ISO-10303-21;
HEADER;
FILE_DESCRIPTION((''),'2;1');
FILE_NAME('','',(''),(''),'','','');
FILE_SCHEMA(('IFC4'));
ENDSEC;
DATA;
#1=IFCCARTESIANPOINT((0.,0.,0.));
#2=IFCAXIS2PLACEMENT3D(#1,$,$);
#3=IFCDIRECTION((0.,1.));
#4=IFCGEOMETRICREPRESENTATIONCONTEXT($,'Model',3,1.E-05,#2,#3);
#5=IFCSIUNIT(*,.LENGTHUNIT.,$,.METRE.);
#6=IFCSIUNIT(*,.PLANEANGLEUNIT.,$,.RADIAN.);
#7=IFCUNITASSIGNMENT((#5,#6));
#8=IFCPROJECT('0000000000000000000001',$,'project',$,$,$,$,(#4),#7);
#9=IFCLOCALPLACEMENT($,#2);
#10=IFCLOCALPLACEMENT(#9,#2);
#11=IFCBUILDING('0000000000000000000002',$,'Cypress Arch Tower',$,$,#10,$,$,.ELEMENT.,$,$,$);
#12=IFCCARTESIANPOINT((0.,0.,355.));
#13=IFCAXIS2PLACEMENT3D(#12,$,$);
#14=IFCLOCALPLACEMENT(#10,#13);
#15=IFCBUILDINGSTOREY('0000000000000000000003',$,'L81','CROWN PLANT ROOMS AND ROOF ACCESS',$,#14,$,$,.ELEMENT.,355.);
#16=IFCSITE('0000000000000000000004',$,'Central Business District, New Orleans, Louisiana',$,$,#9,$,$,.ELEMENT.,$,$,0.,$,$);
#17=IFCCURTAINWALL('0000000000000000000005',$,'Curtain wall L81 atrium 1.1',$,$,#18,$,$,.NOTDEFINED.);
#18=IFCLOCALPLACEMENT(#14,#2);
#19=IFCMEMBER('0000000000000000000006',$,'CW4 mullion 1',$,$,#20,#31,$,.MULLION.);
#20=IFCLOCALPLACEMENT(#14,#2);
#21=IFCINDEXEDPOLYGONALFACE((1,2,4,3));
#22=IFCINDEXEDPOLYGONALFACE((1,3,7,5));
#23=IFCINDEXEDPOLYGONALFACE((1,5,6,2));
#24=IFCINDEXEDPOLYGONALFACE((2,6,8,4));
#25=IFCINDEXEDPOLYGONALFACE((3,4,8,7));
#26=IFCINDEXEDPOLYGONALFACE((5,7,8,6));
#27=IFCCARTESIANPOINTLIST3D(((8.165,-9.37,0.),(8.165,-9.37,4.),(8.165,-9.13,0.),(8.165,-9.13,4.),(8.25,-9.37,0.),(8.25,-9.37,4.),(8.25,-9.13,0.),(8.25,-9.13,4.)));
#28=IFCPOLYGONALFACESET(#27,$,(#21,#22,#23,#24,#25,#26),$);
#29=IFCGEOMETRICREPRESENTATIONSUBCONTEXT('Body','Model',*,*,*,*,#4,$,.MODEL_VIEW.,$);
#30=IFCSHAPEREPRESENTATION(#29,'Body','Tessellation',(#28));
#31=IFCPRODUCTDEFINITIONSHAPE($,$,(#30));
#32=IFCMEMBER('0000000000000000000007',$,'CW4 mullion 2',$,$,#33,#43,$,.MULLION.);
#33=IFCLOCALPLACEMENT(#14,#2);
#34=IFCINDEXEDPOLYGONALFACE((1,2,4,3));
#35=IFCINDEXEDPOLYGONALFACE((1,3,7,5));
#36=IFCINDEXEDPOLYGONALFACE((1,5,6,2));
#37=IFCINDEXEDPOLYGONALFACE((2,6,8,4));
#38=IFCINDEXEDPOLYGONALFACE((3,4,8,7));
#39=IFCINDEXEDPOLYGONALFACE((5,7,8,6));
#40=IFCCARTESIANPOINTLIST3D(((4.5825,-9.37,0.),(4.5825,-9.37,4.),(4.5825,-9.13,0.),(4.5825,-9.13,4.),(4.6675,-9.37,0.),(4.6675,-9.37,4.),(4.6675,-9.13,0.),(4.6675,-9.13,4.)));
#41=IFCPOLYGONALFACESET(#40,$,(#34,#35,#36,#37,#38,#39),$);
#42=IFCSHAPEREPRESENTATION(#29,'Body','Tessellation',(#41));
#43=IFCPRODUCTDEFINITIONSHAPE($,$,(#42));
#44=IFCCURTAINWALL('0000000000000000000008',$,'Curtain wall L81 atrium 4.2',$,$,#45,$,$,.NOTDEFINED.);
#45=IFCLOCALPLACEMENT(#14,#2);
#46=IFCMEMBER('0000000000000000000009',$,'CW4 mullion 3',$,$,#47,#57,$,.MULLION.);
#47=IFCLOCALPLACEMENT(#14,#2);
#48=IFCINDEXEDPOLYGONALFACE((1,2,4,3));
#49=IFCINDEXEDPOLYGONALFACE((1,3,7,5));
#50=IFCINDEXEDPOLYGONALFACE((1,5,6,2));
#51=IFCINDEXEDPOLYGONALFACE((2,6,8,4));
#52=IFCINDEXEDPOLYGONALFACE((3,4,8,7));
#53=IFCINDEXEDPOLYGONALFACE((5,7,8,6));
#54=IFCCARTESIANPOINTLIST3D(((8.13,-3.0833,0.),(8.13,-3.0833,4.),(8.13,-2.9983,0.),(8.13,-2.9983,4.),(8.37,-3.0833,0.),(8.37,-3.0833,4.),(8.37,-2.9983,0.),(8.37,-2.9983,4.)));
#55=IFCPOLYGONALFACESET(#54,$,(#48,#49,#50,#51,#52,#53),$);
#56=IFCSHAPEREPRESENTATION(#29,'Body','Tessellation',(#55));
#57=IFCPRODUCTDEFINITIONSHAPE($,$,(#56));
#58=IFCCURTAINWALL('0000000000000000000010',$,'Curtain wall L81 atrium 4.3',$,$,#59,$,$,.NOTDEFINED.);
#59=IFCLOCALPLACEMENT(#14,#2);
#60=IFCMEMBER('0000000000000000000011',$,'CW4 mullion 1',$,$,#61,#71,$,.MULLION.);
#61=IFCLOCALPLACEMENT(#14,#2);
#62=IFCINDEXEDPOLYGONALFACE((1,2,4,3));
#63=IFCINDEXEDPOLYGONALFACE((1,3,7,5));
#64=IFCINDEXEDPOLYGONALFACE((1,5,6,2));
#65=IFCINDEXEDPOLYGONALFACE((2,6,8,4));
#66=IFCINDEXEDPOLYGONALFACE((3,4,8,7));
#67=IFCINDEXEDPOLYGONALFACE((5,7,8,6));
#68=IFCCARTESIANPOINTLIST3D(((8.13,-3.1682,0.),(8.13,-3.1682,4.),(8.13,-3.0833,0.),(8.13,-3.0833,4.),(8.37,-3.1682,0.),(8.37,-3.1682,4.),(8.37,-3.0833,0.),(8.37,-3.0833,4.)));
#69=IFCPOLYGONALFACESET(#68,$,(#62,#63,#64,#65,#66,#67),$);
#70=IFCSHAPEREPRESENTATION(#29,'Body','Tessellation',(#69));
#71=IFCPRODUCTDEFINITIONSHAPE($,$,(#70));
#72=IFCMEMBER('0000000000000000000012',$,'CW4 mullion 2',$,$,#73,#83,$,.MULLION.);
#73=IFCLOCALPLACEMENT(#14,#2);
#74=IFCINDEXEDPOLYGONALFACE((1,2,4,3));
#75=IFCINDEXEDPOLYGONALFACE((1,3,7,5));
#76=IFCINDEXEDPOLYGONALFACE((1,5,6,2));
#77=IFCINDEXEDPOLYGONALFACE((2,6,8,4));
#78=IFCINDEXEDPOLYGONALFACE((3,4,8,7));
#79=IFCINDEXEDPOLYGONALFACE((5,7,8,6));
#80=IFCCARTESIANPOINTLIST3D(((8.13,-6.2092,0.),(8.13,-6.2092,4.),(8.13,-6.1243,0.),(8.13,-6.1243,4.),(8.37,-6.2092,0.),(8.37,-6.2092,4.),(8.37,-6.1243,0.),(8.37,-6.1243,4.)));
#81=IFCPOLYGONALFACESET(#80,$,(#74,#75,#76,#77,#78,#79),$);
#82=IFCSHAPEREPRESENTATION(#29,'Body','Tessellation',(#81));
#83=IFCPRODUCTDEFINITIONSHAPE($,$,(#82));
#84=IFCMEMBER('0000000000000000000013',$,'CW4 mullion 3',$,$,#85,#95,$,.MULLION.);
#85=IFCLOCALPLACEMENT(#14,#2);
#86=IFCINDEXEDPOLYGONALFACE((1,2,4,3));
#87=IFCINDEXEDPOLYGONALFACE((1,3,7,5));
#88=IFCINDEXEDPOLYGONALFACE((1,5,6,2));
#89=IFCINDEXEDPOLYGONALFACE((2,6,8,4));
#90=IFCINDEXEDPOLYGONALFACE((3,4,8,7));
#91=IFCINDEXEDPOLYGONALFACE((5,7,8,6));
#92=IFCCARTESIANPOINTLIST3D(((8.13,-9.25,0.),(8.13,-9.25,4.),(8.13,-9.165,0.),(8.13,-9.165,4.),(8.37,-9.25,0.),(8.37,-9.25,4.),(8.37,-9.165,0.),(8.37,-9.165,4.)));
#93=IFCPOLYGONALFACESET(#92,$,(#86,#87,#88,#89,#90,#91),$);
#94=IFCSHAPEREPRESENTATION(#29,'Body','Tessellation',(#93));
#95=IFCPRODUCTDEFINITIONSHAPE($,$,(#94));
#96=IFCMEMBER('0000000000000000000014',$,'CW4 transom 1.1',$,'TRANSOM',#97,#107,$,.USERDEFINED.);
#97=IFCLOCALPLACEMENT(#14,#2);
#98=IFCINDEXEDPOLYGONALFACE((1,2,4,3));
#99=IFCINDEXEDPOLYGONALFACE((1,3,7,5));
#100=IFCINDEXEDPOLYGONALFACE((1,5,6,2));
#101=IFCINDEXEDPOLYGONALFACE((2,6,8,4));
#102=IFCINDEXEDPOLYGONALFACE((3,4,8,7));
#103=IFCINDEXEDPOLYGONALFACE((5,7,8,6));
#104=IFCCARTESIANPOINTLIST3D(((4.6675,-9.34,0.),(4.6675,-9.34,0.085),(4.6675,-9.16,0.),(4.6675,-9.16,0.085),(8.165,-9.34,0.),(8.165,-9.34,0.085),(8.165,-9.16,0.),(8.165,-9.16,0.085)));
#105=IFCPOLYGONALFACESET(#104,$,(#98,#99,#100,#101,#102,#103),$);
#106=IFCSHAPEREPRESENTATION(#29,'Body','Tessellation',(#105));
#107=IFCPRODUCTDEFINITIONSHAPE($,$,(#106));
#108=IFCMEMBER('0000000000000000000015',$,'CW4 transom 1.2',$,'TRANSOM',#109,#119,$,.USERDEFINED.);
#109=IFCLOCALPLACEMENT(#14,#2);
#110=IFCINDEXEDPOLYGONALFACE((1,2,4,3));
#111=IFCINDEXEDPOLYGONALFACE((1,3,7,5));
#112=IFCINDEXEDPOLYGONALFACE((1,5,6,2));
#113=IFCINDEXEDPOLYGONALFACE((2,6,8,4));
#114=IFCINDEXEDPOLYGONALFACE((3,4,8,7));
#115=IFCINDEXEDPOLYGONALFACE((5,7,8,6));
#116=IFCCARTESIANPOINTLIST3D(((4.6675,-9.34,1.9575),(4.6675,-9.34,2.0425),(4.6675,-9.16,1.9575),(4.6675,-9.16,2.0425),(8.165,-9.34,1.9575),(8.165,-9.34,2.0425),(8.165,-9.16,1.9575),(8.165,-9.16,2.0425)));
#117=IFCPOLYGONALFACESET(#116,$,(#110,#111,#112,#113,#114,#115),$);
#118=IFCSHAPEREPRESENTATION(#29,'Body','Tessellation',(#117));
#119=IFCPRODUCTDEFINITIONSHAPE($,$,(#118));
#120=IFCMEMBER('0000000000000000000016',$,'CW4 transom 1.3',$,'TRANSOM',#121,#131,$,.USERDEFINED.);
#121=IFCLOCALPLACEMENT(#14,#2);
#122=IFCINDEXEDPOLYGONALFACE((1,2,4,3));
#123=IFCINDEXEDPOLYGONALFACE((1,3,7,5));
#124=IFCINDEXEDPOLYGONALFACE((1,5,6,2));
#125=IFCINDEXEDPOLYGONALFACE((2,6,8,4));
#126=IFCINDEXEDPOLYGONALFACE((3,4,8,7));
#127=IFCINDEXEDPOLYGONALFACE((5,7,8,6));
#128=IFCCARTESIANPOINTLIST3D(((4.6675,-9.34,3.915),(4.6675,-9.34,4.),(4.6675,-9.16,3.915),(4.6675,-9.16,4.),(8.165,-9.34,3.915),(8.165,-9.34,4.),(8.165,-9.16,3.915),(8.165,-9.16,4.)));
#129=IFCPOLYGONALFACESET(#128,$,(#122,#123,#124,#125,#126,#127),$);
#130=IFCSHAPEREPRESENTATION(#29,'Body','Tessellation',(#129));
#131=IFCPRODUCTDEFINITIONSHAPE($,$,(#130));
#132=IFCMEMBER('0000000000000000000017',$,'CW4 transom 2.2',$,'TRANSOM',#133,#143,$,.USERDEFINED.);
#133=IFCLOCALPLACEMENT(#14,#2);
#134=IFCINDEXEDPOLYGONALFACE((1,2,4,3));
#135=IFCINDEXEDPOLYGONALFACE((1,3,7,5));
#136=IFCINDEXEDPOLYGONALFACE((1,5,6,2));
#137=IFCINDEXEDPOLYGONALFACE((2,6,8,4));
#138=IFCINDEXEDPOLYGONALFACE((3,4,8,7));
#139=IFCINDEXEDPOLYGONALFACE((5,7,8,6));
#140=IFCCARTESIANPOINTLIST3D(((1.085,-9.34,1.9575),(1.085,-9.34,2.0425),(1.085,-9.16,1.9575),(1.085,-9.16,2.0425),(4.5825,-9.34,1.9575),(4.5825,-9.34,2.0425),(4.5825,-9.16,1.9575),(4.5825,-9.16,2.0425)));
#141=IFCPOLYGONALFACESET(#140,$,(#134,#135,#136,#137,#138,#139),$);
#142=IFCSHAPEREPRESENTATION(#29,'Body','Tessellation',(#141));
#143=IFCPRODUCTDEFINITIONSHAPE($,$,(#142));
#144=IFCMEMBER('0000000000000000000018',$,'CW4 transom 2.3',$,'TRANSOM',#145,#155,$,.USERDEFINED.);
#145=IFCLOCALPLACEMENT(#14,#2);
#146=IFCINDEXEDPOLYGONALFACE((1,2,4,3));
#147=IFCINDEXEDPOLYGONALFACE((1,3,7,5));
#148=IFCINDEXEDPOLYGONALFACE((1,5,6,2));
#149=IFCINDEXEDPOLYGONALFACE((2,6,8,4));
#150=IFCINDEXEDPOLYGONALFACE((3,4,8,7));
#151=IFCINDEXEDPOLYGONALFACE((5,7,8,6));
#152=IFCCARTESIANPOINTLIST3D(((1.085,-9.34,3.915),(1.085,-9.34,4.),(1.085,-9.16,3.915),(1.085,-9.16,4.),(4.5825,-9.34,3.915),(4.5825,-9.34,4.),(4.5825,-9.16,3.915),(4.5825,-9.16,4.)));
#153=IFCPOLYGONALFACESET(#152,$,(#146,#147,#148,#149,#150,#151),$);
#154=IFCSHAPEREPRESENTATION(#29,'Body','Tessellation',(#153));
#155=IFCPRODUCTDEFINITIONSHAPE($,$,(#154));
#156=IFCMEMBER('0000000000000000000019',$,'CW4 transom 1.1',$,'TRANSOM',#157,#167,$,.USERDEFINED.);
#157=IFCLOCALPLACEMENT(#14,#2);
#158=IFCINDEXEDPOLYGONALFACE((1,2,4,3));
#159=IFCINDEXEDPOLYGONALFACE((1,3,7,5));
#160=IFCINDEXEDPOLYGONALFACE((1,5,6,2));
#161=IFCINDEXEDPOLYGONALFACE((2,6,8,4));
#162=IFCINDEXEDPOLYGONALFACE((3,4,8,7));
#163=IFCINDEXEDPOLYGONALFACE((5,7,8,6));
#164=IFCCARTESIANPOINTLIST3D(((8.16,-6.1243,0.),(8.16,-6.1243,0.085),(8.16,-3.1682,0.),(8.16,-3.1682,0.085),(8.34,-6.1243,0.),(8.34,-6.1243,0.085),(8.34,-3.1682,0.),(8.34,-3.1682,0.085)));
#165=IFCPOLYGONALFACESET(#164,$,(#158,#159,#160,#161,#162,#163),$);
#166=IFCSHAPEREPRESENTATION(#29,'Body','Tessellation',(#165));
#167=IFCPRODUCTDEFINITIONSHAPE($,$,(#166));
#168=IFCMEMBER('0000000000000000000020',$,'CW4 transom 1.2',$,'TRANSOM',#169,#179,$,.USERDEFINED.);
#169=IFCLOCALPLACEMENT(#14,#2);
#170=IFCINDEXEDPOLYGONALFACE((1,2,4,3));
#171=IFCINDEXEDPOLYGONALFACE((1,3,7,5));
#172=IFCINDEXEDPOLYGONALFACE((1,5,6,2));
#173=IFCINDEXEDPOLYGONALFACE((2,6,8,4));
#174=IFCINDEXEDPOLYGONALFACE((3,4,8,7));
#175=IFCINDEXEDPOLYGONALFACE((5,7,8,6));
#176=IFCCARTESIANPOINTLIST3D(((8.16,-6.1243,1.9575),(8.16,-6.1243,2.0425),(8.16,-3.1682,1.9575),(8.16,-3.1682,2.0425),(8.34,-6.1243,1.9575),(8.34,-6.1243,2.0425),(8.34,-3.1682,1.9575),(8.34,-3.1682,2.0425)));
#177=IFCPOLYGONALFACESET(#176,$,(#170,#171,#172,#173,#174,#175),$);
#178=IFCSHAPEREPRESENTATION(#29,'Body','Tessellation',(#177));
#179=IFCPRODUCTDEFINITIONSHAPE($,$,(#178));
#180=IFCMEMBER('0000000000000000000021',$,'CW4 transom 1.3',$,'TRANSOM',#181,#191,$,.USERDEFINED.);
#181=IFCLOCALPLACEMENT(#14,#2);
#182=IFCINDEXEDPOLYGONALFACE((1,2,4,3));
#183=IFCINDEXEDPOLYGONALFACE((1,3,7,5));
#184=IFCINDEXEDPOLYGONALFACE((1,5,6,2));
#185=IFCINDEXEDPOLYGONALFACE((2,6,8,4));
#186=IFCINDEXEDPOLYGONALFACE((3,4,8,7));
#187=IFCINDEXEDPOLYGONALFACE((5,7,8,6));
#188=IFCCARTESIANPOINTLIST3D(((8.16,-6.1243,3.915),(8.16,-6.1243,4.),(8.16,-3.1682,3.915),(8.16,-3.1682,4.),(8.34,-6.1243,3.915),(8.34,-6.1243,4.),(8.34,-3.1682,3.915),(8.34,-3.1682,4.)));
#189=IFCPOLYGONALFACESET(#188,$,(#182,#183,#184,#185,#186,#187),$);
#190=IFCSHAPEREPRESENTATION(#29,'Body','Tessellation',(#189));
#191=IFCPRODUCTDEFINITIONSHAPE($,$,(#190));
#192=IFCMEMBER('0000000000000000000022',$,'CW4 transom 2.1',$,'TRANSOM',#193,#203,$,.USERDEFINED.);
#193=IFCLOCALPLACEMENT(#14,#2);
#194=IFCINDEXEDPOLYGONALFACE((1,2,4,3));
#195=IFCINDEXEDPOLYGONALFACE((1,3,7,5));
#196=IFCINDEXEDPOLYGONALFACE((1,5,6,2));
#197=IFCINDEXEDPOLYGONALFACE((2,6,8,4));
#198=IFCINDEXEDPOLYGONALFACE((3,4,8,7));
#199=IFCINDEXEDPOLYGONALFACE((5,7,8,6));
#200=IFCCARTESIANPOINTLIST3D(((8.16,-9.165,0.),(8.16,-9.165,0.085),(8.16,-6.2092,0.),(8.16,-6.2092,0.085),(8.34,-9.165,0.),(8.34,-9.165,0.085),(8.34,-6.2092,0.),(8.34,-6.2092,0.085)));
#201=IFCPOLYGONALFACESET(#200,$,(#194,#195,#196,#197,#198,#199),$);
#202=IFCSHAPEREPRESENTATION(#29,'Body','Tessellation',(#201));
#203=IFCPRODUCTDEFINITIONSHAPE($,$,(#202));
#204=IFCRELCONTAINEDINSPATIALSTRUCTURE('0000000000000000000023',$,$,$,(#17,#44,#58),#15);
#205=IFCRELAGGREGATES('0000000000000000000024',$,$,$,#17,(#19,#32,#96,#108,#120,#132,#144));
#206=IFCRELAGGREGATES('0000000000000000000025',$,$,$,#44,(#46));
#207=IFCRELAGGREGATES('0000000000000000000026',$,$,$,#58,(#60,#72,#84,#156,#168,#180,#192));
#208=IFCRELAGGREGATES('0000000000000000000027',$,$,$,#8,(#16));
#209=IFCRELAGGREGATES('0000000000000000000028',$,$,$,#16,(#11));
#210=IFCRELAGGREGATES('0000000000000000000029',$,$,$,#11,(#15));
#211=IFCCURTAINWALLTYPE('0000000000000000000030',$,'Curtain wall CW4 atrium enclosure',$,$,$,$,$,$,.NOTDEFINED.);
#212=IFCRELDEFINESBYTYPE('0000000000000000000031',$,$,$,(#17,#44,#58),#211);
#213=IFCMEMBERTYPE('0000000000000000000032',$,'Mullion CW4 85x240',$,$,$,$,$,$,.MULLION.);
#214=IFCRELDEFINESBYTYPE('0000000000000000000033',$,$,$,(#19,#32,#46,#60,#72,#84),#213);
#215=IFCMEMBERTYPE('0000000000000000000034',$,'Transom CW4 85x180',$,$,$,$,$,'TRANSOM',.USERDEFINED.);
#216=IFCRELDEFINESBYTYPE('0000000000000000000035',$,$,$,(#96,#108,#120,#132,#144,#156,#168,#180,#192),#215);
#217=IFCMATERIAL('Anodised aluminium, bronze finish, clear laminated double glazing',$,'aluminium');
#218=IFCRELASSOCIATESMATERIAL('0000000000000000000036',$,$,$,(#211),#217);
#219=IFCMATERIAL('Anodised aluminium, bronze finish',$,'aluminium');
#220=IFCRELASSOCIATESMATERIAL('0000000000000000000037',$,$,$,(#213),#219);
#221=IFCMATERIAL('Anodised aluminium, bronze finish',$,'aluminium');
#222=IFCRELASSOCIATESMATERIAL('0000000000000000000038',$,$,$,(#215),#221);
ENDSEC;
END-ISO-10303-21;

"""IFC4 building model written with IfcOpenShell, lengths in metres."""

from ifc_helpers import new_model, si_unit, direction, frame, origin, origin_2d, place, context, subcontext, project, spatial, rectangle, extrude, material, material_profile, profile_set, type_object, element, aggregate, save


model = new_model("IFC4")

# Units and contexts
model_context = context("Model", 3, precision=1e-05, world=origin(), true_north=direction((0.0, 1.0)))
body_context = subcontext(model_context, "Body", "Model", "MODEL_VIEW")
ifc_project = project(units=[si_unit("LENGTHUNIT", "METRE"), si_unit("PLANEANGLEUNIT", "RADIAN")], contexts=[model_context])

# Site, building, storey
site_placement = place(None, origin())
site = spatial("IfcSite", under=ifc_project, at=site_placement, Name="Central Business District, New Orleans, Louisiana", CompositionType="ELEMENT", RefElevation=0.0)
building_placement = place(site_placement, origin())
building = spatial("IfcBuilding", under=site, at=building_placement, Name="Cypress Arch Tower", CompositionType="ELEMENT")
storey_placement = place(building_placement, frame((0.0, 0.0, 355.0)))
storey = spatial("IfcBuildingStorey", under=building, at=storey_placement, Name="L81", Description="CROWN PLANT ROOMS AND ROOF ACCESS", CompositionType="ELEMENT", Elevation=355.0)

# Curtain wall, members
ifc_material_1 = material(Name="Anodised aluminium, bronze finish, clear laminated double glazing", Category="aluminium")
curtain_wall_type = type_object("IfcCurtainWallType", Name="Curtain wall CW4 atrium enclosure", PredefinedType="NOTDEFINED", material=ifc_material_1)
curtain_wall_1_placement = place(storey_placement, origin())
curtain_wall_1 = element("IfcCurtainWall", 1, at=curtain_wall_1_placement, inside=storey, type_object=curtain_wall_type, Name="Curtain wall L81 atrium 1.1", PredefinedType="NOTDEFINED")
ifc_material_2 = material(Name="Anodised aluminium, bronze finish", Category="aluminium")
ifc_material_profile_1 = material_profile(ifc_material_2, rectangle(XDim=0.24, YDim=0.085, at=origin_2d()), Name="Mullion 85x240")
ifc_profile_set_1 = profile_set([ifc_material_profile_1], Name="Anodised aluminium, bronze finish")
member_type_1 = type_object("IfcMemberType", Name="Mullion CW4 85x240", PredefinedType="MULLION", material=ifc_profile_set_1)
member_1_placement = place(storey_placement, frame((8.2075, -9.25, 0.0), z_axis=(0.0, 0.0, 1.0), x_axis=(0.0, -1.0, 0.0)))
member_1 = element("IfcMember", 2, at=member_1_placement, type_object=member_type_1, Name="CW4 mullion 1", PredefinedType="MULLION", context=body_context, shape_type="SweptSolid", body=[
    extrude(rectangle(XDim=0.24, YDim=0.085, at=origin_2d()), origin(), (0.0, 0.0, 1.0), 4.0),
])
member_2_placement = place(storey_placement, frame((4.625, -9.25, 0.0), z_axis=(0.0, 0.0, 1.0), x_axis=(0.0, -1.0, 0.0)))
member_2 = element("IfcMember", 3, at=member_2_placement, type_object=member_type_1, Name="CW4 mullion 2", PredefinedType="MULLION", context=body_context, shape_type="SweptSolid", body=[
    extrude(rectangle(XDim=0.24, YDim=0.085, at=origin_2d()), origin(), (0.0, 0.0, 1.0), 4.0),
])

# Curtain wall, member
curtain_wall_2_placement = place(storey_placement, origin())
curtain_wall_2 = element("IfcCurtainWall", 4, at=curtain_wall_2_placement, inside=storey, type_object=curtain_wall_type, Name="Curtain wall L81 atrium 4.2", PredefinedType="NOTDEFINED")
member_3_placement = place(storey_placement, frame((8.25, -3.0408, 0.0), z_axis=(0.0, 0.0, 1.0), x_axis=(1.0, 0.0, 0.0)))
member_3 = element("IfcMember", 5, at=member_3_placement, type_object=member_type_1, Name="CW4 mullion 3", PredefinedType="MULLION", context=body_context, shape_type="SweptSolid", body=[
    extrude(rectangle(XDim=0.24, YDim=0.085, at=origin_2d()), origin(), (0.0, 0.0, 1.0), 4.0),
])

# Curtain wall, members
curtain_wall_3_placement = place(storey_placement, origin())
curtain_wall_3 = element("IfcCurtainWall", 6, at=curtain_wall_3_placement, inside=storey, type_object=curtain_wall_type, Name="Curtain wall L81 atrium 4.3", PredefinedType="NOTDEFINED")
member_4_placement = place(storey_placement, frame((8.25, -3.1257, 0.0), z_axis=(0.0, 0.0, 1.0), x_axis=(1.0, 0.0, 0.0)))
member_4 = element("IfcMember", 7, at=member_4_placement, type_object=member_type_1, Name="CW4 mullion 1", PredefinedType="MULLION", context=body_context, shape_type="SweptSolid", body=[
    extrude(rectangle(XDim=0.24, YDim=0.085, at=origin_2d()), origin(), (0.0, 0.0, 1.0), 4.0),
])
member_5_placement = place(storey_placement, frame((8.25, -6.1667, 0.0), z_axis=(0.0, 0.0, 1.0), x_axis=(1.0, 0.0, 0.0)))
member_5 = element("IfcMember", 8, at=member_5_placement, type_object=member_type_1, Name="CW4 mullion 2", PredefinedType="MULLION", context=body_context, shape_type="SweptSolid", body=[
    extrude(rectangle(XDim=0.24, YDim=0.085, at=origin_2d()), origin(), (0.0, 0.0, 1.0), 4.0),
])
member_6_placement = place(storey_placement, frame((8.25, -9.2075, 0.0), z_axis=(0.0, 0.0, 1.0), x_axis=(1.0, 0.0, 0.0)))
member_6 = element("IfcMember", 9, at=member_6_placement, type_object=member_type_1, Name="CW4 mullion 3", PredefinedType="MULLION", context=body_context, shape_type="SweptSolid", body=[
    extrude(rectangle(XDim=0.24, YDim=0.085, at=origin_2d()), origin(), (0.0, 0.0, 1.0), 4.0),
])

# Members
ifc_material_3 = material(Name="Anodised aluminium, bronze finish", Category="aluminium")
ifc_material_profile_2 = material_profile(ifc_material_3, rectangle(XDim=0.1799, YDim=0.085, at=origin_2d()), Name="Transom 85x180")
ifc_profile_set_2 = profile_set([ifc_material_profile_2], Name="Anodised aluminium, bronze finish")
member_type_2 = type_object("IfcMemberType", Name="Transom CW4 85x180", ElementType="TRANSOM", PredefinedType="USERDEFINED", material=ifc_profile_set_2)
member_7_placement = place(storey_placement, frame((8.165, -9.25, 0.0425), z_axis=(-1.0, 0.0, 0.0), x_axis=(0.0, -1.0, 0.0)))
member_7 = element("IfcMember", 10, at=member_7_placement, type_object=member_type_2, Name="CW4 transom 1.1", ObjectType="TRANSOM", PredefinedType="USERDEFINED", context=body_context, shape_type="SweptSolid", body=[
    extrude(rectangle(XDim=0.1799, YDim=0.085, at=origin_2d()), origin(), (0.0, 0.0, 1.0), 3.4976),
])
member_8_placement = place(storey_placement, frame((8.165, -9.25, 2.0), z_axis=(-1.0, 0.0, 0.0), x_axis=(0.0, -1.0, 0.0)))
member_8 = element("IfcMember", 11, at=member_8_placement, type_object=member_type_2, Name="CW4 transom 1.2", ObjectType="TRANSOM", PredefinedType="USERDEFINED", context=body_context, shape_type="SweptSolid", body=[
    extrude(rectangle(XDim=0.1799, YDim=0.085, at=origin_2d()), origin(), (0.0, 0.0, 1.0), 3.4976),
])
member_9_placement = place(storey_placement, frame((8.165, -9.25, 3.9575), z_axis=(-1.0, 0.0, 0.0), x_axis=(0.0, -1.0, 0.0)))
member_9 = element("IfcMember", 12, at=member_9_placement, type_object=member_type_2, Name="CW4 transom 1.3", ObjectType="TRANSOM", PredefinedType="USERDEFINED", context=body_context, shape_type="SweptSolid", body=[
    extrude(rectangle(XDim=0.1799, YDim=0.085, at=origin_2d()), origin(), (0.0, 0.0, 1.0), 3.4976),
])
member_10_placement = place(storey_placement, frame((4.5825, -9.25, 2.0), z_axis=(-1.0, 0.0, 0.0), x_axis=(0.0, -1.0, 0.0)))
member_10 = element("IfcMember", 13, at=member_10_placement, type_object=member_type_2, Name="CW4 transom 2.2", ObjectType="TRANSOM", PredefinedType="USERDEFINED", context=body_context, shape_type="SweptSolid", body=[
    extrude(rectangle(XDim=0.1799, YDim=0.085, at=origin_2d()), origin(), (0.0, 0.0, 1.0), 3.4976),
])
member_11_placement = place(storey_placement, frame((4.5825, -9.25, 3.9575), z_axis=(-1.0, 0.0, 0.0), x_axis=(0.0, -1.0, 0.0)))
member_11 = element("IfcMember", 14, at=member_11_placement, type_object=member_type_2, Name="CW4 transom 2.3", ObjectType="TRANSOM", PredefinedType="USERDEFINED", context=body_context, shape_type="SweptSolid", body=[
    extrude(rectangle(XDim=0.1799, YDim=0.085, at=origin_2d()), origin(), (0.0, 0.0, 1.0), 3.4976),
])
member_12_placement = place(storey_placement, frame((8.25, -3.1682, 0.0425), z_axis=(0.0, -1.0, 0.0), x_axis=(1.0, 0.0, 0.0)))
member_12 = element("IfcMember", 15, at=member_12_placement, type_object=member_type_2, Name="CW4 transom 1.1", ObjectType="TRANSOM", PredefinedType="USERDEFINED", context=body_context, shape_type="SweptSolid", body=[
    extrude(rectangle(XDim=0.1799, YDim=0.085, at=origin_2d()), origin(), (0.0, 0.0, 1.0), 2.9561),
])
member_13_placement = place(storey_placement, frame((8.25, -3.1682, 2.0), z_axis=(0.0, -1.0, 0.0), x_axis=(1.0, 0.0, 0.0)))
member_13 = element("IfcMember", 16, at=member_13_placement, type_object=member_type_2, Name="CW4 transom 1.2", ObjectType="TRANSOM", PredefinedType="USERDEFINED", context=body_context, shape_type="SweptSolid", body=[
    extrude(rectangle(XDim=0.1799, YDim=0.085, at=origin_2d()), origin(), (0.0, 0.0, 1.0), 2.9561),
])
member_14_placement = place(storey_placement, frame((8.25, -3.1682, 3.9575), z_axis=(0.0, -1.0, 0.0), x_axis=(1.0, 0.0, 0.0)))
member_14 = element("IfcMember", 17, at=member_14_placement, type_object=member_type_2, Name="CW4 transom 1.3", ObjectType="TRANSOM", PredefinedType="USERDEFINED", context=body_context, shape_type="SweptSolid", body=[
    extrude(rectangle(XDim=0.1799, YDim=0.085, at=origin_2d()), origin(), (0.0, 0.0, 1.0), 2.9561),
])
member_15_placement = place(storey_placement, frame((8.25, -6.2092, 0.0425), z_axis=(0.0, -1.0, 0.0), x_axis=(1.0, 0.0, 0.0)))
member_15 = element("IfcMember", 18, at=member_15_placement, type_object=member_type_2, Name="CW4 transom 2.1", ObjectType="TRANSOM", PredefinedType="USERDEFINED", context=body_context, shape_type="SweptSolid", body=[
    extrude(rectangle(XDim=0.1799, YDim=0.085, at=origin_2d()), origin(), (0.0, 0.0, 1.0), 2.9558),
])

aggregate(curtain_wall_1, [member_1, member_2, member_7, member_8, member_9, member_10, member_11])
aggregate(curtain_wall_2, [member_3])
aggregate(curtain_wall_3, [member_4, member_5, member_6, member_12, member_13, member_14, member_15])

save(model, "model.ifc")
